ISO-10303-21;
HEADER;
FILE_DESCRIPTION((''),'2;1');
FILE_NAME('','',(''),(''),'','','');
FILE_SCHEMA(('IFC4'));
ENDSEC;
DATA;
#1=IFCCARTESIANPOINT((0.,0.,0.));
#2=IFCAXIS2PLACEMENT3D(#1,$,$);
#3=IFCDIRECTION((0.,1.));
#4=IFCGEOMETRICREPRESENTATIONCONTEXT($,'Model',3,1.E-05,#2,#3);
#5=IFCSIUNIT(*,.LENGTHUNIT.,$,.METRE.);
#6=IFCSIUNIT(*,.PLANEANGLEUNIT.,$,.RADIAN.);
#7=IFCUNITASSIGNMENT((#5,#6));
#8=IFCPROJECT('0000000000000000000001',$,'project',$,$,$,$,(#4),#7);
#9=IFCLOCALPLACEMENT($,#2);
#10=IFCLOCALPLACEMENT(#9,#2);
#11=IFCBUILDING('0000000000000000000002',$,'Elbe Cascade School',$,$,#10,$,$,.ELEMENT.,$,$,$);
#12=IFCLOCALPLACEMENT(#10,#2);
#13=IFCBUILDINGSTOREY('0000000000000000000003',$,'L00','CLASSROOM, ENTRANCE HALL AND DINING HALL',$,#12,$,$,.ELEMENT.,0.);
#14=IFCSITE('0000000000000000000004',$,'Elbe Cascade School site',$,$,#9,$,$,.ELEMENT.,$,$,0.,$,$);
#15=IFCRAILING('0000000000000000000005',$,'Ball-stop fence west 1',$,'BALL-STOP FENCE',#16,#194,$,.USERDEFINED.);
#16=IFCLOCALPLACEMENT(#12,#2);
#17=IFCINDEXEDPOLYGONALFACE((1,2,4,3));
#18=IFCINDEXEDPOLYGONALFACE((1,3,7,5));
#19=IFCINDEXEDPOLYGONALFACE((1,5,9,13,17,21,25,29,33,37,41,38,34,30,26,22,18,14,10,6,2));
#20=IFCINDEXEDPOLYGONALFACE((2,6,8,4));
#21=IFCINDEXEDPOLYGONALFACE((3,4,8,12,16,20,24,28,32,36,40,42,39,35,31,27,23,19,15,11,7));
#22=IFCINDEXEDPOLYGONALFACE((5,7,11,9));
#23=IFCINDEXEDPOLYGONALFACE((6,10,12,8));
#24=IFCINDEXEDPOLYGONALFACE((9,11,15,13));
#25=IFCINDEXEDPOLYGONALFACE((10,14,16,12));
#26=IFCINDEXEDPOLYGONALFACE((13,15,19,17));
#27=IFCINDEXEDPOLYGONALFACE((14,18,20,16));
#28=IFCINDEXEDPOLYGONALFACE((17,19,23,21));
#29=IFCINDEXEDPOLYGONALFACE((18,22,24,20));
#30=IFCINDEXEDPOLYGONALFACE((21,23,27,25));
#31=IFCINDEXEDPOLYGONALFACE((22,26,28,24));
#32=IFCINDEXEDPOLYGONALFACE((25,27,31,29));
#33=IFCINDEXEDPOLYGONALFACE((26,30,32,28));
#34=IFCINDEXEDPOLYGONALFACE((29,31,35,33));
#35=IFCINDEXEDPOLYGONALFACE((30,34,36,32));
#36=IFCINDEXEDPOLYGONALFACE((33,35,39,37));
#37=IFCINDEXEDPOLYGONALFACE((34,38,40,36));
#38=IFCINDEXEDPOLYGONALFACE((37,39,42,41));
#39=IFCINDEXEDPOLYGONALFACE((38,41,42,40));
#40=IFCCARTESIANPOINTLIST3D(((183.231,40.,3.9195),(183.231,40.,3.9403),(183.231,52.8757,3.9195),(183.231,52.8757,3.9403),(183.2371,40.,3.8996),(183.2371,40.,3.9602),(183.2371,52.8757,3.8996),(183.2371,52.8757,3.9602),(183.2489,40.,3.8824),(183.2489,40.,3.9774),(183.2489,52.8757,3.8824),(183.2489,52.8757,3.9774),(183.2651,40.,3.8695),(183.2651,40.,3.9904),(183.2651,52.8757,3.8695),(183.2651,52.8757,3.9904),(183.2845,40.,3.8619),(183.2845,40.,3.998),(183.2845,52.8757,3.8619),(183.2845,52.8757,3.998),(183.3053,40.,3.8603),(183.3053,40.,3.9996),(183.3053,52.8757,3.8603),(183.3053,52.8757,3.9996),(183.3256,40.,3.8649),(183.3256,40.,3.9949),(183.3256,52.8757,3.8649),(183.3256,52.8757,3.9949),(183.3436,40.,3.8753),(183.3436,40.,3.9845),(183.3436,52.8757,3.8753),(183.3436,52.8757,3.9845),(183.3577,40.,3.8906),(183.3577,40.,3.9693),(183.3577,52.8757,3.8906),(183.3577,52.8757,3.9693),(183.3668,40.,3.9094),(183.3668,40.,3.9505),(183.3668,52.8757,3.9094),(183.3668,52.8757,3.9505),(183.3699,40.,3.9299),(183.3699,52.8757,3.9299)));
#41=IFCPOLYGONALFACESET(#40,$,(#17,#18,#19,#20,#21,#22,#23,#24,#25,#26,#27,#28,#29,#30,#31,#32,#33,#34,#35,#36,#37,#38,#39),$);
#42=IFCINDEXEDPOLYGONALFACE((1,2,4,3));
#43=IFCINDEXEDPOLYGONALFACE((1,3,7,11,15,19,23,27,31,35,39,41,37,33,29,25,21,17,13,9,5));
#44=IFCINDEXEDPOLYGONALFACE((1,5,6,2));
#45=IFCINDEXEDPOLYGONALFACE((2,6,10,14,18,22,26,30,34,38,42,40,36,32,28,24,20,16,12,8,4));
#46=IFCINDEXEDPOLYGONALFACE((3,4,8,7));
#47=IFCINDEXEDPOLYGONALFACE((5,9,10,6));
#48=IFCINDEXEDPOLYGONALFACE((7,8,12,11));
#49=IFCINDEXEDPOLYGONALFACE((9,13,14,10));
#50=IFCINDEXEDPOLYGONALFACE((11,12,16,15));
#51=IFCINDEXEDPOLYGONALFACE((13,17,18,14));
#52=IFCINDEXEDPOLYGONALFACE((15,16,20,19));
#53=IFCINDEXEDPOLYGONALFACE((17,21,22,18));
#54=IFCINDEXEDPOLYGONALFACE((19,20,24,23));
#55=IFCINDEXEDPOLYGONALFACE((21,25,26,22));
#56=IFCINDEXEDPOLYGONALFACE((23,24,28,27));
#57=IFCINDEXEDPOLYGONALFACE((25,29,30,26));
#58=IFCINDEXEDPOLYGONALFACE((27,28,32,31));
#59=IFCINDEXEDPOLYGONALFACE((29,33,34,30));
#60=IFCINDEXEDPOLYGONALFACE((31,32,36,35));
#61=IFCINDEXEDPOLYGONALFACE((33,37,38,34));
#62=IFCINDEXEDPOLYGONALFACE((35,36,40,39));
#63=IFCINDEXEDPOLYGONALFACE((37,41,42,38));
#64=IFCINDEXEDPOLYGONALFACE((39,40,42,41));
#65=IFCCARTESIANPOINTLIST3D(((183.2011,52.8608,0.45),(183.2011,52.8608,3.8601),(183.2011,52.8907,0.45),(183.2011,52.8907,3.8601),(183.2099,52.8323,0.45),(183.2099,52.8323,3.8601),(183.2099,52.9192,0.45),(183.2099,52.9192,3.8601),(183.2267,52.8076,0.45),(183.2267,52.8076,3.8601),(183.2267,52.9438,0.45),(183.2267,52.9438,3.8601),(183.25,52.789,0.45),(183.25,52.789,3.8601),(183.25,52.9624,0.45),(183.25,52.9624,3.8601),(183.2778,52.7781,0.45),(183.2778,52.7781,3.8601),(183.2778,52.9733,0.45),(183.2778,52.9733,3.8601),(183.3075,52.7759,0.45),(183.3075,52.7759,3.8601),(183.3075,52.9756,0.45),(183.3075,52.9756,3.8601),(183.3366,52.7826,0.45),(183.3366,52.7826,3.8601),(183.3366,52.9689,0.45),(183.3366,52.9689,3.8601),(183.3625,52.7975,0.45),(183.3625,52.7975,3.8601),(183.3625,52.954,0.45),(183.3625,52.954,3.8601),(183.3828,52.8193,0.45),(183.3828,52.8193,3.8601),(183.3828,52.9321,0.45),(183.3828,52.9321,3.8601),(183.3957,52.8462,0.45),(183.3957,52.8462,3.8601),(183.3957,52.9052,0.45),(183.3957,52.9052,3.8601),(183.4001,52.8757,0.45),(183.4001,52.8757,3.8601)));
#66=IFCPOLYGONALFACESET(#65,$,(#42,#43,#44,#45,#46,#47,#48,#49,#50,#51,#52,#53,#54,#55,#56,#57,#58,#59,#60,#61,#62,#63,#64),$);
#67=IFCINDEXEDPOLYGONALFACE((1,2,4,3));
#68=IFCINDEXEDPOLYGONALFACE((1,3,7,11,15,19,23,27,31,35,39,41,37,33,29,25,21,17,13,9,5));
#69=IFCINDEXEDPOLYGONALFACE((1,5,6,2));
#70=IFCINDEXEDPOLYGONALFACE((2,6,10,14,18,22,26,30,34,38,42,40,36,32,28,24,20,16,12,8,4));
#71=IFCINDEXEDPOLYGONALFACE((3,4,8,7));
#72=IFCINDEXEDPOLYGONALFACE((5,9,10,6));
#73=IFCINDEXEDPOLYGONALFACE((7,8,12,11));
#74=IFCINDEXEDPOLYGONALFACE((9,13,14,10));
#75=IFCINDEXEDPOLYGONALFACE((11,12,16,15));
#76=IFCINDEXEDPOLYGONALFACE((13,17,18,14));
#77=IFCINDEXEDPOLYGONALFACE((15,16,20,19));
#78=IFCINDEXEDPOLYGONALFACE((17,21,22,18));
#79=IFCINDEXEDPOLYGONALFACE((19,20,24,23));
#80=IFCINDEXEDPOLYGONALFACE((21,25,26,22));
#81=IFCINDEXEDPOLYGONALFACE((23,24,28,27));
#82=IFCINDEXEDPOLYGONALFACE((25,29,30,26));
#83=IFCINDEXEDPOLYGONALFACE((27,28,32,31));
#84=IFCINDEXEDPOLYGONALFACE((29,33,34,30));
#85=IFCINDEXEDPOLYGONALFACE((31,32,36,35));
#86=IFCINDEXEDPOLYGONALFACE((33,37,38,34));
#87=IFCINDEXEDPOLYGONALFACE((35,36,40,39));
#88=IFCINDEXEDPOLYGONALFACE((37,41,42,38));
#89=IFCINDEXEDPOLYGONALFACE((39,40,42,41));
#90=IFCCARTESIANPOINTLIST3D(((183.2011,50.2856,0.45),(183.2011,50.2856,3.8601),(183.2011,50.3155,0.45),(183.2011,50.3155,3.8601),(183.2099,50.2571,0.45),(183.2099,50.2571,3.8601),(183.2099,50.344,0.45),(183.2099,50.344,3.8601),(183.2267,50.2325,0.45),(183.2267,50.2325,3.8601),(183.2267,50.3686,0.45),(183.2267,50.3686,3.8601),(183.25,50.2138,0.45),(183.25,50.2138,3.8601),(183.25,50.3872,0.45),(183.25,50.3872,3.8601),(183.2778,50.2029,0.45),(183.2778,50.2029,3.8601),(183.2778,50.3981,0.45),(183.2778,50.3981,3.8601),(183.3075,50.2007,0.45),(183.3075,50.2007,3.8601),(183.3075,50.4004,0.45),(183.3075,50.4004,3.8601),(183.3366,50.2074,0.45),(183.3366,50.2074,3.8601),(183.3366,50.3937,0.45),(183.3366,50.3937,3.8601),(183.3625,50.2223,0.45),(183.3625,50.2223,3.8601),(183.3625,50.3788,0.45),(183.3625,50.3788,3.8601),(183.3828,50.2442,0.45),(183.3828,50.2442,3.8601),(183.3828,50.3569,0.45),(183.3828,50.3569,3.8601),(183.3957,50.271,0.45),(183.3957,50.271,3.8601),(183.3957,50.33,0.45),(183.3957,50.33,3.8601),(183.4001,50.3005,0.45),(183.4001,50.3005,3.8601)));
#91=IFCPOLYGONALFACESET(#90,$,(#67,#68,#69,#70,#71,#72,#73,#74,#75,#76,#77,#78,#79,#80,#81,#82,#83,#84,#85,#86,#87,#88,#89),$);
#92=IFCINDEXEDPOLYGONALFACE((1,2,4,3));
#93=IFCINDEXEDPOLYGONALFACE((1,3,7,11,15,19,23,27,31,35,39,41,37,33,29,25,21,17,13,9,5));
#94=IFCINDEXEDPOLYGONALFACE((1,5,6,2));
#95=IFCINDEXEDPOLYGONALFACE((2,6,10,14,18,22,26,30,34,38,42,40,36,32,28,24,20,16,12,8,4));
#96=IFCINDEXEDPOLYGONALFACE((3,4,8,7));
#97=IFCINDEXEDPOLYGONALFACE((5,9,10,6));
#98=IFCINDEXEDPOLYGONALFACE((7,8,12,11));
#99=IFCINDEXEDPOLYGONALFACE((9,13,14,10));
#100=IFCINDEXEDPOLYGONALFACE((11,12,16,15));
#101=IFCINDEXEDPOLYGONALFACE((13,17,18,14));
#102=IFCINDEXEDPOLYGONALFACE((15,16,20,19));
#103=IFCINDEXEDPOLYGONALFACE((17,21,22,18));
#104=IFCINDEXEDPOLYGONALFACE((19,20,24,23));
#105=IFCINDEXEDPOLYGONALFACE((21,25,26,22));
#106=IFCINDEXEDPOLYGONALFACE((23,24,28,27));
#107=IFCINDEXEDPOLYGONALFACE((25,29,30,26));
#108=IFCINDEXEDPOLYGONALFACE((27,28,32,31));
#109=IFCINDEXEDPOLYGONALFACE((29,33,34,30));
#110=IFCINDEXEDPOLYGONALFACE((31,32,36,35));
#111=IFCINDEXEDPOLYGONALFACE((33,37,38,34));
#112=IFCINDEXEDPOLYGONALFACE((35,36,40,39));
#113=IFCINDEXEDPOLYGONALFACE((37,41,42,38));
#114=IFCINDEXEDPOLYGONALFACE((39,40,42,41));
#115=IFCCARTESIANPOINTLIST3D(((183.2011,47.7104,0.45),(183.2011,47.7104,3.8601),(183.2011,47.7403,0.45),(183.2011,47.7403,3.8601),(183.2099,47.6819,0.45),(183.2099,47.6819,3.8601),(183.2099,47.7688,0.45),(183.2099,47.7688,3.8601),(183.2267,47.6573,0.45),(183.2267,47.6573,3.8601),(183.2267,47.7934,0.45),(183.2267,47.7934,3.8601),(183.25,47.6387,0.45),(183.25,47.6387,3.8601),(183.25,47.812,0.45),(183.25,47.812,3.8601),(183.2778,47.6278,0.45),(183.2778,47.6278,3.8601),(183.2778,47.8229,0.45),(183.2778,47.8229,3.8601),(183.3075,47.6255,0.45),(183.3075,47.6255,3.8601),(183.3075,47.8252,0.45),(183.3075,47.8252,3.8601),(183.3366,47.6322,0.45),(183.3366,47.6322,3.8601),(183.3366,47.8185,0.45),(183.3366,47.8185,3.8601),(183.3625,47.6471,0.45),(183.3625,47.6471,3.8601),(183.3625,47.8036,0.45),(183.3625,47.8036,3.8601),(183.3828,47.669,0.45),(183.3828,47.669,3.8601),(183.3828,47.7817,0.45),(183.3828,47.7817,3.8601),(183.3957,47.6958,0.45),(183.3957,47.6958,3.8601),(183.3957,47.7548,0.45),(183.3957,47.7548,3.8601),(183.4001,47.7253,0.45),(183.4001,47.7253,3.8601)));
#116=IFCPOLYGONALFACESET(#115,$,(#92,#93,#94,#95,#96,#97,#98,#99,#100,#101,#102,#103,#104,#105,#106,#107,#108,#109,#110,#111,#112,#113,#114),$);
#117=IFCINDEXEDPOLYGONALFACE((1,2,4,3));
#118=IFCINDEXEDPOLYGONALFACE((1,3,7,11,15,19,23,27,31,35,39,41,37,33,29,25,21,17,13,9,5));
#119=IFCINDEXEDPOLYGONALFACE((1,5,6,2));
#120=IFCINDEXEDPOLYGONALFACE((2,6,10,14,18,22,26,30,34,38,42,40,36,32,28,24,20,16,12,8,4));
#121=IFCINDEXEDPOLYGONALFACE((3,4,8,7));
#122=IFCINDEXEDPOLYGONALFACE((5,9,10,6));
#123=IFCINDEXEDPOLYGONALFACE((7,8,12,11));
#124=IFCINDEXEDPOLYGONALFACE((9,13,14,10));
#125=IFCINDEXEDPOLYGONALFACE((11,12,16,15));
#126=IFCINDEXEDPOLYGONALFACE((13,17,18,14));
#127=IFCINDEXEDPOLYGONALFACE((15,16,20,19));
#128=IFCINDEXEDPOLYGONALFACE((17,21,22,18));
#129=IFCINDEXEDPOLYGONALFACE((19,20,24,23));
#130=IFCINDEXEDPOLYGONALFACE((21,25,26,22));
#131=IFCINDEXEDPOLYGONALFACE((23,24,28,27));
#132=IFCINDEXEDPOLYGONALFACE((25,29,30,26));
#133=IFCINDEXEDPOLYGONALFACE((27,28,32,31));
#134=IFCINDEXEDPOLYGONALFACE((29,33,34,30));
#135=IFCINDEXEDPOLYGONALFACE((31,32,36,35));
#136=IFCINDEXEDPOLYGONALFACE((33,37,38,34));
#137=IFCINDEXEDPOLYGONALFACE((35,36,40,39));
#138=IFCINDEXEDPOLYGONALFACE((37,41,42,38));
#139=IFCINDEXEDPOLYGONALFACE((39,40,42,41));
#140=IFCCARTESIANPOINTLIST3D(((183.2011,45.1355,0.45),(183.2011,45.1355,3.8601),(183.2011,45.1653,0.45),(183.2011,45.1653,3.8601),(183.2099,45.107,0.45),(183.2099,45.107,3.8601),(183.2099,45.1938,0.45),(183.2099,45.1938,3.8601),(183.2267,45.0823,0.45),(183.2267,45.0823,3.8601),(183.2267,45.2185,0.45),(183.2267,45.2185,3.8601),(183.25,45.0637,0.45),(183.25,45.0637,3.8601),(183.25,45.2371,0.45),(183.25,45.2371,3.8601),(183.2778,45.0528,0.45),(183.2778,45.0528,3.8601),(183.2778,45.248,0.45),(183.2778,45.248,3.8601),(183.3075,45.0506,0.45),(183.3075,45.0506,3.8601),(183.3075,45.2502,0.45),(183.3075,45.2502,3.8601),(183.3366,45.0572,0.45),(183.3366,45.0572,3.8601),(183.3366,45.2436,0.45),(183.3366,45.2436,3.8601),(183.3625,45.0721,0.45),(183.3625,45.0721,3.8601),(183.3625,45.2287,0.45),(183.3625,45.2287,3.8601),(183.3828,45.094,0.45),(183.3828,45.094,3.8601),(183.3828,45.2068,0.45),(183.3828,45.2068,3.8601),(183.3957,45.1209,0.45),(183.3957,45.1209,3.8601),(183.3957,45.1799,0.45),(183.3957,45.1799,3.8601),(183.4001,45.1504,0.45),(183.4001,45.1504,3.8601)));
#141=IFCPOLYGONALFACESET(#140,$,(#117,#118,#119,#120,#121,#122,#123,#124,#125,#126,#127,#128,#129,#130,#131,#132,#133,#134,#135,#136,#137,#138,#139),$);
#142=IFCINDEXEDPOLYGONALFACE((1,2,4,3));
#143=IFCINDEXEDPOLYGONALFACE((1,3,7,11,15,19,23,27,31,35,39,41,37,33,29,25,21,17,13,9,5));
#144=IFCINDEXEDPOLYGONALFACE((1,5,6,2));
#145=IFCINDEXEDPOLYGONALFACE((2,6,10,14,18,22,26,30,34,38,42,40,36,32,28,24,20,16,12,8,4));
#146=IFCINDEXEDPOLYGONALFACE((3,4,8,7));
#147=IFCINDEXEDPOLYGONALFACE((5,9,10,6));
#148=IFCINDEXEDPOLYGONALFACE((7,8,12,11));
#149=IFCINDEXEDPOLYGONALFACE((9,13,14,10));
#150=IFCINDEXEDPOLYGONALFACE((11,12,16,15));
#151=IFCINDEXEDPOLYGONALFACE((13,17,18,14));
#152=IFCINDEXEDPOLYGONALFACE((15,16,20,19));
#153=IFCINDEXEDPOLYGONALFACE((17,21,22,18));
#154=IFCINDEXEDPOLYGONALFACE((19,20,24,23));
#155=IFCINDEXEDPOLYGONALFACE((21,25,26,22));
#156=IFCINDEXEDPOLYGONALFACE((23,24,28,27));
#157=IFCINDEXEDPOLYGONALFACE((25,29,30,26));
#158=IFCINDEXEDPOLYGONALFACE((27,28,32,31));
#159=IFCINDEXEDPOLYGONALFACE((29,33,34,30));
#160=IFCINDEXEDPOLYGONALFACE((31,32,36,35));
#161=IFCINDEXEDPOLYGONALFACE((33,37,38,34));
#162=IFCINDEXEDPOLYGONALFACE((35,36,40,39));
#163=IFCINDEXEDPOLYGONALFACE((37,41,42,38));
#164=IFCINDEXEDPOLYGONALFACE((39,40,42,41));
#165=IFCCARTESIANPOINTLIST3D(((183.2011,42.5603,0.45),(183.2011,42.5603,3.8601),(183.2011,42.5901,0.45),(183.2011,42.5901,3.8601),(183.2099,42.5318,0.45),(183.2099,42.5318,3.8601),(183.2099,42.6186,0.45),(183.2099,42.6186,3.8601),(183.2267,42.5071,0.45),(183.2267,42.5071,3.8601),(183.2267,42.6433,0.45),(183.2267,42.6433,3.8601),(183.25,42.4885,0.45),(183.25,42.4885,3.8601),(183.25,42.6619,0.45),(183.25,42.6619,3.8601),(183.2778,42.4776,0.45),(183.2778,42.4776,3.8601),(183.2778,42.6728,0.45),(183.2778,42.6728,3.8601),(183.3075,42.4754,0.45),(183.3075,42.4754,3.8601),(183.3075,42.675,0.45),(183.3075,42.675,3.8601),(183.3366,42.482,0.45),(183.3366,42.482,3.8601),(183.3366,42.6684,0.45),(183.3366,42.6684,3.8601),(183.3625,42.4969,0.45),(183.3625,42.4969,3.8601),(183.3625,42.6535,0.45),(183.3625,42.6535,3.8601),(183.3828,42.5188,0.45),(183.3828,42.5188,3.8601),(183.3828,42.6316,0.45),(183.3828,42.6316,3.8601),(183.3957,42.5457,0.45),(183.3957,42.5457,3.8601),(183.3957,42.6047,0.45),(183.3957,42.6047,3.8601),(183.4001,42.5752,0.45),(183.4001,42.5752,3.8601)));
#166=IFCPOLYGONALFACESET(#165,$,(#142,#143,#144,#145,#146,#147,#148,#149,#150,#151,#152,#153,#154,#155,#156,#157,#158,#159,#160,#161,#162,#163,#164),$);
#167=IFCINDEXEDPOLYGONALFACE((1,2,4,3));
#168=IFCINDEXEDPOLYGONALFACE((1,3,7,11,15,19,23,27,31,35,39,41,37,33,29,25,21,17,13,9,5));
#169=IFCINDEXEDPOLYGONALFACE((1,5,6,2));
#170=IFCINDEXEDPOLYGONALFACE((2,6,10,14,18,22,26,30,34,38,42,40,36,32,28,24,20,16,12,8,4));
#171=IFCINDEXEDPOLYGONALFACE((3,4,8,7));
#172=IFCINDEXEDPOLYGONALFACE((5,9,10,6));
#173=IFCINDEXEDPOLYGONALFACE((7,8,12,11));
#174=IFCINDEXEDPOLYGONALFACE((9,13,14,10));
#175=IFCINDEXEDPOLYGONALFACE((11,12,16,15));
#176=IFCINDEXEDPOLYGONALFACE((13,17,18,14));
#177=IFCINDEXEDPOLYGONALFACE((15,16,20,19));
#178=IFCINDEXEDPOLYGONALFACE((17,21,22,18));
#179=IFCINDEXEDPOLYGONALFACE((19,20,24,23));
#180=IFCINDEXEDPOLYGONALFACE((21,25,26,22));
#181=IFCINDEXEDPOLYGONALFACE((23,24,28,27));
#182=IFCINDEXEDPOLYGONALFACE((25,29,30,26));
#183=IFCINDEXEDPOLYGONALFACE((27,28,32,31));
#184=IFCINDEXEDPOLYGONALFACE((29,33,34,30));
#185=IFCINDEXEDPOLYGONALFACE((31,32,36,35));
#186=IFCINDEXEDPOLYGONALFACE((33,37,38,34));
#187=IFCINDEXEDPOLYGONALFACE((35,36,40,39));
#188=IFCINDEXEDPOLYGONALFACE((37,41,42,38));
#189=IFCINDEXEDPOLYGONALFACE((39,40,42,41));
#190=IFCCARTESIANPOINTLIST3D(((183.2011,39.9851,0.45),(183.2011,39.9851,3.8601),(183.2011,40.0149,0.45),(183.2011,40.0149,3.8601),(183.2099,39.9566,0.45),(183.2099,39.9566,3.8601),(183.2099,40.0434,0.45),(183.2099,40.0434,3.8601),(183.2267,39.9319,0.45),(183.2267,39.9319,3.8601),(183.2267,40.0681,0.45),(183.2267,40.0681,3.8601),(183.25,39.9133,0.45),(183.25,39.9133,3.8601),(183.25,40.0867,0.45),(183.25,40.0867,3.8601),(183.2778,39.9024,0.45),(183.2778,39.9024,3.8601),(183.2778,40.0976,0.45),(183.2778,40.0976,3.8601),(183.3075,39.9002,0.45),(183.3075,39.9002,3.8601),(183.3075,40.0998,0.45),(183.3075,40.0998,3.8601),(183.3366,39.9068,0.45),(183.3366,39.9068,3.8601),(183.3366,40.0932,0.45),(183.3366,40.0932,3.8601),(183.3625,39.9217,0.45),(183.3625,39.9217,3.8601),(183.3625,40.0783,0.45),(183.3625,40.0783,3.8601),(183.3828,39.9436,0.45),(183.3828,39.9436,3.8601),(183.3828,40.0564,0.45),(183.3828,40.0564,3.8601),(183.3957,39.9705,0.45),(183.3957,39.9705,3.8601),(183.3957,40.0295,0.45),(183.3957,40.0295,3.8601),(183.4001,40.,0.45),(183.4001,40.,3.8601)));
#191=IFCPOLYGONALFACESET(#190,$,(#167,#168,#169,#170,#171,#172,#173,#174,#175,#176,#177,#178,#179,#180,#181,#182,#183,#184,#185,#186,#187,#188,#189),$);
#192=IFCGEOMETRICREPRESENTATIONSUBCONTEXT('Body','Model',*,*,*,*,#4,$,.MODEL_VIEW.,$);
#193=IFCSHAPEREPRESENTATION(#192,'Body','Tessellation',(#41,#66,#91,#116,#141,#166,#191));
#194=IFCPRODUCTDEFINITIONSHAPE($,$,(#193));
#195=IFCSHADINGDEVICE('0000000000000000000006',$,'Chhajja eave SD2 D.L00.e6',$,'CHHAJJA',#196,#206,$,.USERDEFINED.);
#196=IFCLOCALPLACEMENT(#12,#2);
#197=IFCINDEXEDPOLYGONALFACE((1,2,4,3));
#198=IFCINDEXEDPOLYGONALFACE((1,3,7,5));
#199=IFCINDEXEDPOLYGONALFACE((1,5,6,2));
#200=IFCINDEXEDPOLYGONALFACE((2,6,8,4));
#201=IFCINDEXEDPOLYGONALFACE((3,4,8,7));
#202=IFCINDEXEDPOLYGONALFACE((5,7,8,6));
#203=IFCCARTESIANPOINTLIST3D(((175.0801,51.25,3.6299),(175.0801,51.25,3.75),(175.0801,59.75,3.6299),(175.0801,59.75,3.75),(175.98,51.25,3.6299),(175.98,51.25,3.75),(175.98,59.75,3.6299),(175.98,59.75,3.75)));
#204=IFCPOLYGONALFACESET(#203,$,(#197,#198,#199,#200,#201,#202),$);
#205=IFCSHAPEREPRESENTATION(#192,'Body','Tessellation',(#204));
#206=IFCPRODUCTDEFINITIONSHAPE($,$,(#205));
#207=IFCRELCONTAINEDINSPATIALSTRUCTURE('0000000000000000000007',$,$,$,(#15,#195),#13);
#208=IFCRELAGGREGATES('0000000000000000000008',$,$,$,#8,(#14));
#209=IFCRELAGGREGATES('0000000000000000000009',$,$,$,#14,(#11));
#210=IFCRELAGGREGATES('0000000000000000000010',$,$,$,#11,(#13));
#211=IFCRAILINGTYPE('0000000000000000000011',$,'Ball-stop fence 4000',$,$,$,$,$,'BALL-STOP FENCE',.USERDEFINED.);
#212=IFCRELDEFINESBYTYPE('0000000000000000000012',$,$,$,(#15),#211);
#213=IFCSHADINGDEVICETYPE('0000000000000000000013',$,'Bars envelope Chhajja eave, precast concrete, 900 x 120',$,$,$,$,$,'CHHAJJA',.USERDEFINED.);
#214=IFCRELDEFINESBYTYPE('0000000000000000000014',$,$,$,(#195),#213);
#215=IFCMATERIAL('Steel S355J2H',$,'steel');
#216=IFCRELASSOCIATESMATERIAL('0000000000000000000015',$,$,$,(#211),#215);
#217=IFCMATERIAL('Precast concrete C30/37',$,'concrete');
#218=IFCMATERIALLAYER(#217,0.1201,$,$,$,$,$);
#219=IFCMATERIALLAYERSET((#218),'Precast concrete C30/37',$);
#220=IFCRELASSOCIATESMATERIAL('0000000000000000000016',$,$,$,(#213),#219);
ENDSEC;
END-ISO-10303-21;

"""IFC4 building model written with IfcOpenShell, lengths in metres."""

from ifc_helpers import new_model, si_unit, direction, frame, origin, origin_2d, place, context, subcontext, project, spatial, rectangle, circle, extrude, material, layer, layer_set, type_object, element, save


model = new_model("IFC4")

# Units and contexts
model_context = context("Model", 3, precision=1e-05, world=origin(), true_north=direction((0.0, 1.0)))
body_context = subcontext(model_context, "Body", "Model", "MODEL_VIEW")
ifc_project = project(units=[si_unit("LENGTHUNIT", "METRE"), si_unit("PLANEANGLEUNIT", "RADIAN")], contexts=[model_context])

# Site, building, storey
site_placement = place(None, origin())
site = spatial("IfcSite", under=ifc_project, at=site_placement, Name="Elbe Cascade School site", CompositionType="ELEMENT", RefElevation=0.0)
building_placement = place(site_placement, origin())
building = spatial("IfcBuilding", under=site, at=building_placement, Name="Elbe Cascade School", CompositionType="ELEMENT")
storey_placement = place(building_placement, origin())
storey = spatial("IfcBuildingStorey", under=building, at=storey_placement, Name="L00", Description="CLASSROOM, ENTRANCE HALL AND DINING HALL", CompositionType="ELEMENT", Elevation=0.0)

# Railing
ifc_material_1 = material(Name="Steel S355J2H", Category="steel")
railing_type = type_object("IfcRailingType", Name="Ball-stop fence 4000", ElementType="BALL-STOP FENCE", PredefinedType="USERDEFINED", material=ifc_material_1)
railing_1_placement = place(storey_placement, frame((183.3, 52.8757, 0.45)))
element("IfcRailing", 1, at=railing_1_placement, inside=storey, type_object=railing_type, Name="Ball-stop fence west 1", ObjectType="BALL-STOP FENCE", PredefinedType="USERDEFINED", context=body_context, shape_type="SweptSolid", body=[
    extrude(circle(Radius=0.0698, at=origin_2d()), frame((0.0, 0.0, 3.48), z_axis=(0.0, -1.0, 0.0), x_axis=(1.0, 0.0, 0.0)), (0.0, 0.0, 1.0), 12.8757),
    extrude(circle(Radius=0.1001, at=origin_2d()), origin(), (0.0, 0.0, 1.0), 3.4102),
    extrude(circle(Radius=0.1001, at=origin_2d()), frame((0.0, -2.5752, 0.0)), (0.0, 0.0, 1.0), 3.4102),
    extrude(circle(Radius=0.1001, at=origin_2d()), frame((0.0, -5.1504, 0.0)), (0.0, 0.0, 1.0), 3.4102),
    extrude(circle(Radius=0.1001, at=origin_2d()), frame((0.0, -7.7253, 0.0)), (0.0, 0.0, 1.0), 3.4102),
    extrude(circle(Radius=0.1001, at=origin_2d()), frame((0.0, -10.3005, 0.0)), (0.0, 0.0, 1.0), 3.4102),
    extrude(circle(Radius=0.1001, at=origin_2d()), frame((0.0, -12.8757, 0.0)), (0.0, 0.0, 1.0), 3.4102),
])

# Shading device
ifc_material_2 = material(Name="Precast concrete C30/37", Category="concrete")
ifc_layer_1 = layer(ifc_material_2, 0.1201)
ifc_layer_set_1 = layer_set([ifc_layer_1], Name="Precast concrete C30/37")
shading_device_type = type_object("IfcShadingDeviceType", Name="Bars envelope Chhajja eave, precast concrete, 900 x 120", ElementType="CHHAJJA", PredefinedType="USERDEFINED", material=ifc_layer_set_1)
shading_device_placement = place(storey_placement, frame((175.53, 55.5, 3.6299), z_axis=(0.0, 0.0, 1.0), x_axis=(0.0, 1.0, 0.0)))
element("IfcShadingDevice", 2, at=shading_device_placement, inside=storey, type_object=shading_device_type, Name="Chhajja eave SD2 D.L00.e6", ObjectType="CHHAJJA", PredefinedType="USERDEFINED", context=body_context, shape_type="SweptSolid", body=[
    extrude(rectangle(XDim=8.5, YDim=0.8999, at=origin_2d()), origin(), (0.0, 0.0, 1.0), 0.1201),
])

save(model, "model.ifc")
